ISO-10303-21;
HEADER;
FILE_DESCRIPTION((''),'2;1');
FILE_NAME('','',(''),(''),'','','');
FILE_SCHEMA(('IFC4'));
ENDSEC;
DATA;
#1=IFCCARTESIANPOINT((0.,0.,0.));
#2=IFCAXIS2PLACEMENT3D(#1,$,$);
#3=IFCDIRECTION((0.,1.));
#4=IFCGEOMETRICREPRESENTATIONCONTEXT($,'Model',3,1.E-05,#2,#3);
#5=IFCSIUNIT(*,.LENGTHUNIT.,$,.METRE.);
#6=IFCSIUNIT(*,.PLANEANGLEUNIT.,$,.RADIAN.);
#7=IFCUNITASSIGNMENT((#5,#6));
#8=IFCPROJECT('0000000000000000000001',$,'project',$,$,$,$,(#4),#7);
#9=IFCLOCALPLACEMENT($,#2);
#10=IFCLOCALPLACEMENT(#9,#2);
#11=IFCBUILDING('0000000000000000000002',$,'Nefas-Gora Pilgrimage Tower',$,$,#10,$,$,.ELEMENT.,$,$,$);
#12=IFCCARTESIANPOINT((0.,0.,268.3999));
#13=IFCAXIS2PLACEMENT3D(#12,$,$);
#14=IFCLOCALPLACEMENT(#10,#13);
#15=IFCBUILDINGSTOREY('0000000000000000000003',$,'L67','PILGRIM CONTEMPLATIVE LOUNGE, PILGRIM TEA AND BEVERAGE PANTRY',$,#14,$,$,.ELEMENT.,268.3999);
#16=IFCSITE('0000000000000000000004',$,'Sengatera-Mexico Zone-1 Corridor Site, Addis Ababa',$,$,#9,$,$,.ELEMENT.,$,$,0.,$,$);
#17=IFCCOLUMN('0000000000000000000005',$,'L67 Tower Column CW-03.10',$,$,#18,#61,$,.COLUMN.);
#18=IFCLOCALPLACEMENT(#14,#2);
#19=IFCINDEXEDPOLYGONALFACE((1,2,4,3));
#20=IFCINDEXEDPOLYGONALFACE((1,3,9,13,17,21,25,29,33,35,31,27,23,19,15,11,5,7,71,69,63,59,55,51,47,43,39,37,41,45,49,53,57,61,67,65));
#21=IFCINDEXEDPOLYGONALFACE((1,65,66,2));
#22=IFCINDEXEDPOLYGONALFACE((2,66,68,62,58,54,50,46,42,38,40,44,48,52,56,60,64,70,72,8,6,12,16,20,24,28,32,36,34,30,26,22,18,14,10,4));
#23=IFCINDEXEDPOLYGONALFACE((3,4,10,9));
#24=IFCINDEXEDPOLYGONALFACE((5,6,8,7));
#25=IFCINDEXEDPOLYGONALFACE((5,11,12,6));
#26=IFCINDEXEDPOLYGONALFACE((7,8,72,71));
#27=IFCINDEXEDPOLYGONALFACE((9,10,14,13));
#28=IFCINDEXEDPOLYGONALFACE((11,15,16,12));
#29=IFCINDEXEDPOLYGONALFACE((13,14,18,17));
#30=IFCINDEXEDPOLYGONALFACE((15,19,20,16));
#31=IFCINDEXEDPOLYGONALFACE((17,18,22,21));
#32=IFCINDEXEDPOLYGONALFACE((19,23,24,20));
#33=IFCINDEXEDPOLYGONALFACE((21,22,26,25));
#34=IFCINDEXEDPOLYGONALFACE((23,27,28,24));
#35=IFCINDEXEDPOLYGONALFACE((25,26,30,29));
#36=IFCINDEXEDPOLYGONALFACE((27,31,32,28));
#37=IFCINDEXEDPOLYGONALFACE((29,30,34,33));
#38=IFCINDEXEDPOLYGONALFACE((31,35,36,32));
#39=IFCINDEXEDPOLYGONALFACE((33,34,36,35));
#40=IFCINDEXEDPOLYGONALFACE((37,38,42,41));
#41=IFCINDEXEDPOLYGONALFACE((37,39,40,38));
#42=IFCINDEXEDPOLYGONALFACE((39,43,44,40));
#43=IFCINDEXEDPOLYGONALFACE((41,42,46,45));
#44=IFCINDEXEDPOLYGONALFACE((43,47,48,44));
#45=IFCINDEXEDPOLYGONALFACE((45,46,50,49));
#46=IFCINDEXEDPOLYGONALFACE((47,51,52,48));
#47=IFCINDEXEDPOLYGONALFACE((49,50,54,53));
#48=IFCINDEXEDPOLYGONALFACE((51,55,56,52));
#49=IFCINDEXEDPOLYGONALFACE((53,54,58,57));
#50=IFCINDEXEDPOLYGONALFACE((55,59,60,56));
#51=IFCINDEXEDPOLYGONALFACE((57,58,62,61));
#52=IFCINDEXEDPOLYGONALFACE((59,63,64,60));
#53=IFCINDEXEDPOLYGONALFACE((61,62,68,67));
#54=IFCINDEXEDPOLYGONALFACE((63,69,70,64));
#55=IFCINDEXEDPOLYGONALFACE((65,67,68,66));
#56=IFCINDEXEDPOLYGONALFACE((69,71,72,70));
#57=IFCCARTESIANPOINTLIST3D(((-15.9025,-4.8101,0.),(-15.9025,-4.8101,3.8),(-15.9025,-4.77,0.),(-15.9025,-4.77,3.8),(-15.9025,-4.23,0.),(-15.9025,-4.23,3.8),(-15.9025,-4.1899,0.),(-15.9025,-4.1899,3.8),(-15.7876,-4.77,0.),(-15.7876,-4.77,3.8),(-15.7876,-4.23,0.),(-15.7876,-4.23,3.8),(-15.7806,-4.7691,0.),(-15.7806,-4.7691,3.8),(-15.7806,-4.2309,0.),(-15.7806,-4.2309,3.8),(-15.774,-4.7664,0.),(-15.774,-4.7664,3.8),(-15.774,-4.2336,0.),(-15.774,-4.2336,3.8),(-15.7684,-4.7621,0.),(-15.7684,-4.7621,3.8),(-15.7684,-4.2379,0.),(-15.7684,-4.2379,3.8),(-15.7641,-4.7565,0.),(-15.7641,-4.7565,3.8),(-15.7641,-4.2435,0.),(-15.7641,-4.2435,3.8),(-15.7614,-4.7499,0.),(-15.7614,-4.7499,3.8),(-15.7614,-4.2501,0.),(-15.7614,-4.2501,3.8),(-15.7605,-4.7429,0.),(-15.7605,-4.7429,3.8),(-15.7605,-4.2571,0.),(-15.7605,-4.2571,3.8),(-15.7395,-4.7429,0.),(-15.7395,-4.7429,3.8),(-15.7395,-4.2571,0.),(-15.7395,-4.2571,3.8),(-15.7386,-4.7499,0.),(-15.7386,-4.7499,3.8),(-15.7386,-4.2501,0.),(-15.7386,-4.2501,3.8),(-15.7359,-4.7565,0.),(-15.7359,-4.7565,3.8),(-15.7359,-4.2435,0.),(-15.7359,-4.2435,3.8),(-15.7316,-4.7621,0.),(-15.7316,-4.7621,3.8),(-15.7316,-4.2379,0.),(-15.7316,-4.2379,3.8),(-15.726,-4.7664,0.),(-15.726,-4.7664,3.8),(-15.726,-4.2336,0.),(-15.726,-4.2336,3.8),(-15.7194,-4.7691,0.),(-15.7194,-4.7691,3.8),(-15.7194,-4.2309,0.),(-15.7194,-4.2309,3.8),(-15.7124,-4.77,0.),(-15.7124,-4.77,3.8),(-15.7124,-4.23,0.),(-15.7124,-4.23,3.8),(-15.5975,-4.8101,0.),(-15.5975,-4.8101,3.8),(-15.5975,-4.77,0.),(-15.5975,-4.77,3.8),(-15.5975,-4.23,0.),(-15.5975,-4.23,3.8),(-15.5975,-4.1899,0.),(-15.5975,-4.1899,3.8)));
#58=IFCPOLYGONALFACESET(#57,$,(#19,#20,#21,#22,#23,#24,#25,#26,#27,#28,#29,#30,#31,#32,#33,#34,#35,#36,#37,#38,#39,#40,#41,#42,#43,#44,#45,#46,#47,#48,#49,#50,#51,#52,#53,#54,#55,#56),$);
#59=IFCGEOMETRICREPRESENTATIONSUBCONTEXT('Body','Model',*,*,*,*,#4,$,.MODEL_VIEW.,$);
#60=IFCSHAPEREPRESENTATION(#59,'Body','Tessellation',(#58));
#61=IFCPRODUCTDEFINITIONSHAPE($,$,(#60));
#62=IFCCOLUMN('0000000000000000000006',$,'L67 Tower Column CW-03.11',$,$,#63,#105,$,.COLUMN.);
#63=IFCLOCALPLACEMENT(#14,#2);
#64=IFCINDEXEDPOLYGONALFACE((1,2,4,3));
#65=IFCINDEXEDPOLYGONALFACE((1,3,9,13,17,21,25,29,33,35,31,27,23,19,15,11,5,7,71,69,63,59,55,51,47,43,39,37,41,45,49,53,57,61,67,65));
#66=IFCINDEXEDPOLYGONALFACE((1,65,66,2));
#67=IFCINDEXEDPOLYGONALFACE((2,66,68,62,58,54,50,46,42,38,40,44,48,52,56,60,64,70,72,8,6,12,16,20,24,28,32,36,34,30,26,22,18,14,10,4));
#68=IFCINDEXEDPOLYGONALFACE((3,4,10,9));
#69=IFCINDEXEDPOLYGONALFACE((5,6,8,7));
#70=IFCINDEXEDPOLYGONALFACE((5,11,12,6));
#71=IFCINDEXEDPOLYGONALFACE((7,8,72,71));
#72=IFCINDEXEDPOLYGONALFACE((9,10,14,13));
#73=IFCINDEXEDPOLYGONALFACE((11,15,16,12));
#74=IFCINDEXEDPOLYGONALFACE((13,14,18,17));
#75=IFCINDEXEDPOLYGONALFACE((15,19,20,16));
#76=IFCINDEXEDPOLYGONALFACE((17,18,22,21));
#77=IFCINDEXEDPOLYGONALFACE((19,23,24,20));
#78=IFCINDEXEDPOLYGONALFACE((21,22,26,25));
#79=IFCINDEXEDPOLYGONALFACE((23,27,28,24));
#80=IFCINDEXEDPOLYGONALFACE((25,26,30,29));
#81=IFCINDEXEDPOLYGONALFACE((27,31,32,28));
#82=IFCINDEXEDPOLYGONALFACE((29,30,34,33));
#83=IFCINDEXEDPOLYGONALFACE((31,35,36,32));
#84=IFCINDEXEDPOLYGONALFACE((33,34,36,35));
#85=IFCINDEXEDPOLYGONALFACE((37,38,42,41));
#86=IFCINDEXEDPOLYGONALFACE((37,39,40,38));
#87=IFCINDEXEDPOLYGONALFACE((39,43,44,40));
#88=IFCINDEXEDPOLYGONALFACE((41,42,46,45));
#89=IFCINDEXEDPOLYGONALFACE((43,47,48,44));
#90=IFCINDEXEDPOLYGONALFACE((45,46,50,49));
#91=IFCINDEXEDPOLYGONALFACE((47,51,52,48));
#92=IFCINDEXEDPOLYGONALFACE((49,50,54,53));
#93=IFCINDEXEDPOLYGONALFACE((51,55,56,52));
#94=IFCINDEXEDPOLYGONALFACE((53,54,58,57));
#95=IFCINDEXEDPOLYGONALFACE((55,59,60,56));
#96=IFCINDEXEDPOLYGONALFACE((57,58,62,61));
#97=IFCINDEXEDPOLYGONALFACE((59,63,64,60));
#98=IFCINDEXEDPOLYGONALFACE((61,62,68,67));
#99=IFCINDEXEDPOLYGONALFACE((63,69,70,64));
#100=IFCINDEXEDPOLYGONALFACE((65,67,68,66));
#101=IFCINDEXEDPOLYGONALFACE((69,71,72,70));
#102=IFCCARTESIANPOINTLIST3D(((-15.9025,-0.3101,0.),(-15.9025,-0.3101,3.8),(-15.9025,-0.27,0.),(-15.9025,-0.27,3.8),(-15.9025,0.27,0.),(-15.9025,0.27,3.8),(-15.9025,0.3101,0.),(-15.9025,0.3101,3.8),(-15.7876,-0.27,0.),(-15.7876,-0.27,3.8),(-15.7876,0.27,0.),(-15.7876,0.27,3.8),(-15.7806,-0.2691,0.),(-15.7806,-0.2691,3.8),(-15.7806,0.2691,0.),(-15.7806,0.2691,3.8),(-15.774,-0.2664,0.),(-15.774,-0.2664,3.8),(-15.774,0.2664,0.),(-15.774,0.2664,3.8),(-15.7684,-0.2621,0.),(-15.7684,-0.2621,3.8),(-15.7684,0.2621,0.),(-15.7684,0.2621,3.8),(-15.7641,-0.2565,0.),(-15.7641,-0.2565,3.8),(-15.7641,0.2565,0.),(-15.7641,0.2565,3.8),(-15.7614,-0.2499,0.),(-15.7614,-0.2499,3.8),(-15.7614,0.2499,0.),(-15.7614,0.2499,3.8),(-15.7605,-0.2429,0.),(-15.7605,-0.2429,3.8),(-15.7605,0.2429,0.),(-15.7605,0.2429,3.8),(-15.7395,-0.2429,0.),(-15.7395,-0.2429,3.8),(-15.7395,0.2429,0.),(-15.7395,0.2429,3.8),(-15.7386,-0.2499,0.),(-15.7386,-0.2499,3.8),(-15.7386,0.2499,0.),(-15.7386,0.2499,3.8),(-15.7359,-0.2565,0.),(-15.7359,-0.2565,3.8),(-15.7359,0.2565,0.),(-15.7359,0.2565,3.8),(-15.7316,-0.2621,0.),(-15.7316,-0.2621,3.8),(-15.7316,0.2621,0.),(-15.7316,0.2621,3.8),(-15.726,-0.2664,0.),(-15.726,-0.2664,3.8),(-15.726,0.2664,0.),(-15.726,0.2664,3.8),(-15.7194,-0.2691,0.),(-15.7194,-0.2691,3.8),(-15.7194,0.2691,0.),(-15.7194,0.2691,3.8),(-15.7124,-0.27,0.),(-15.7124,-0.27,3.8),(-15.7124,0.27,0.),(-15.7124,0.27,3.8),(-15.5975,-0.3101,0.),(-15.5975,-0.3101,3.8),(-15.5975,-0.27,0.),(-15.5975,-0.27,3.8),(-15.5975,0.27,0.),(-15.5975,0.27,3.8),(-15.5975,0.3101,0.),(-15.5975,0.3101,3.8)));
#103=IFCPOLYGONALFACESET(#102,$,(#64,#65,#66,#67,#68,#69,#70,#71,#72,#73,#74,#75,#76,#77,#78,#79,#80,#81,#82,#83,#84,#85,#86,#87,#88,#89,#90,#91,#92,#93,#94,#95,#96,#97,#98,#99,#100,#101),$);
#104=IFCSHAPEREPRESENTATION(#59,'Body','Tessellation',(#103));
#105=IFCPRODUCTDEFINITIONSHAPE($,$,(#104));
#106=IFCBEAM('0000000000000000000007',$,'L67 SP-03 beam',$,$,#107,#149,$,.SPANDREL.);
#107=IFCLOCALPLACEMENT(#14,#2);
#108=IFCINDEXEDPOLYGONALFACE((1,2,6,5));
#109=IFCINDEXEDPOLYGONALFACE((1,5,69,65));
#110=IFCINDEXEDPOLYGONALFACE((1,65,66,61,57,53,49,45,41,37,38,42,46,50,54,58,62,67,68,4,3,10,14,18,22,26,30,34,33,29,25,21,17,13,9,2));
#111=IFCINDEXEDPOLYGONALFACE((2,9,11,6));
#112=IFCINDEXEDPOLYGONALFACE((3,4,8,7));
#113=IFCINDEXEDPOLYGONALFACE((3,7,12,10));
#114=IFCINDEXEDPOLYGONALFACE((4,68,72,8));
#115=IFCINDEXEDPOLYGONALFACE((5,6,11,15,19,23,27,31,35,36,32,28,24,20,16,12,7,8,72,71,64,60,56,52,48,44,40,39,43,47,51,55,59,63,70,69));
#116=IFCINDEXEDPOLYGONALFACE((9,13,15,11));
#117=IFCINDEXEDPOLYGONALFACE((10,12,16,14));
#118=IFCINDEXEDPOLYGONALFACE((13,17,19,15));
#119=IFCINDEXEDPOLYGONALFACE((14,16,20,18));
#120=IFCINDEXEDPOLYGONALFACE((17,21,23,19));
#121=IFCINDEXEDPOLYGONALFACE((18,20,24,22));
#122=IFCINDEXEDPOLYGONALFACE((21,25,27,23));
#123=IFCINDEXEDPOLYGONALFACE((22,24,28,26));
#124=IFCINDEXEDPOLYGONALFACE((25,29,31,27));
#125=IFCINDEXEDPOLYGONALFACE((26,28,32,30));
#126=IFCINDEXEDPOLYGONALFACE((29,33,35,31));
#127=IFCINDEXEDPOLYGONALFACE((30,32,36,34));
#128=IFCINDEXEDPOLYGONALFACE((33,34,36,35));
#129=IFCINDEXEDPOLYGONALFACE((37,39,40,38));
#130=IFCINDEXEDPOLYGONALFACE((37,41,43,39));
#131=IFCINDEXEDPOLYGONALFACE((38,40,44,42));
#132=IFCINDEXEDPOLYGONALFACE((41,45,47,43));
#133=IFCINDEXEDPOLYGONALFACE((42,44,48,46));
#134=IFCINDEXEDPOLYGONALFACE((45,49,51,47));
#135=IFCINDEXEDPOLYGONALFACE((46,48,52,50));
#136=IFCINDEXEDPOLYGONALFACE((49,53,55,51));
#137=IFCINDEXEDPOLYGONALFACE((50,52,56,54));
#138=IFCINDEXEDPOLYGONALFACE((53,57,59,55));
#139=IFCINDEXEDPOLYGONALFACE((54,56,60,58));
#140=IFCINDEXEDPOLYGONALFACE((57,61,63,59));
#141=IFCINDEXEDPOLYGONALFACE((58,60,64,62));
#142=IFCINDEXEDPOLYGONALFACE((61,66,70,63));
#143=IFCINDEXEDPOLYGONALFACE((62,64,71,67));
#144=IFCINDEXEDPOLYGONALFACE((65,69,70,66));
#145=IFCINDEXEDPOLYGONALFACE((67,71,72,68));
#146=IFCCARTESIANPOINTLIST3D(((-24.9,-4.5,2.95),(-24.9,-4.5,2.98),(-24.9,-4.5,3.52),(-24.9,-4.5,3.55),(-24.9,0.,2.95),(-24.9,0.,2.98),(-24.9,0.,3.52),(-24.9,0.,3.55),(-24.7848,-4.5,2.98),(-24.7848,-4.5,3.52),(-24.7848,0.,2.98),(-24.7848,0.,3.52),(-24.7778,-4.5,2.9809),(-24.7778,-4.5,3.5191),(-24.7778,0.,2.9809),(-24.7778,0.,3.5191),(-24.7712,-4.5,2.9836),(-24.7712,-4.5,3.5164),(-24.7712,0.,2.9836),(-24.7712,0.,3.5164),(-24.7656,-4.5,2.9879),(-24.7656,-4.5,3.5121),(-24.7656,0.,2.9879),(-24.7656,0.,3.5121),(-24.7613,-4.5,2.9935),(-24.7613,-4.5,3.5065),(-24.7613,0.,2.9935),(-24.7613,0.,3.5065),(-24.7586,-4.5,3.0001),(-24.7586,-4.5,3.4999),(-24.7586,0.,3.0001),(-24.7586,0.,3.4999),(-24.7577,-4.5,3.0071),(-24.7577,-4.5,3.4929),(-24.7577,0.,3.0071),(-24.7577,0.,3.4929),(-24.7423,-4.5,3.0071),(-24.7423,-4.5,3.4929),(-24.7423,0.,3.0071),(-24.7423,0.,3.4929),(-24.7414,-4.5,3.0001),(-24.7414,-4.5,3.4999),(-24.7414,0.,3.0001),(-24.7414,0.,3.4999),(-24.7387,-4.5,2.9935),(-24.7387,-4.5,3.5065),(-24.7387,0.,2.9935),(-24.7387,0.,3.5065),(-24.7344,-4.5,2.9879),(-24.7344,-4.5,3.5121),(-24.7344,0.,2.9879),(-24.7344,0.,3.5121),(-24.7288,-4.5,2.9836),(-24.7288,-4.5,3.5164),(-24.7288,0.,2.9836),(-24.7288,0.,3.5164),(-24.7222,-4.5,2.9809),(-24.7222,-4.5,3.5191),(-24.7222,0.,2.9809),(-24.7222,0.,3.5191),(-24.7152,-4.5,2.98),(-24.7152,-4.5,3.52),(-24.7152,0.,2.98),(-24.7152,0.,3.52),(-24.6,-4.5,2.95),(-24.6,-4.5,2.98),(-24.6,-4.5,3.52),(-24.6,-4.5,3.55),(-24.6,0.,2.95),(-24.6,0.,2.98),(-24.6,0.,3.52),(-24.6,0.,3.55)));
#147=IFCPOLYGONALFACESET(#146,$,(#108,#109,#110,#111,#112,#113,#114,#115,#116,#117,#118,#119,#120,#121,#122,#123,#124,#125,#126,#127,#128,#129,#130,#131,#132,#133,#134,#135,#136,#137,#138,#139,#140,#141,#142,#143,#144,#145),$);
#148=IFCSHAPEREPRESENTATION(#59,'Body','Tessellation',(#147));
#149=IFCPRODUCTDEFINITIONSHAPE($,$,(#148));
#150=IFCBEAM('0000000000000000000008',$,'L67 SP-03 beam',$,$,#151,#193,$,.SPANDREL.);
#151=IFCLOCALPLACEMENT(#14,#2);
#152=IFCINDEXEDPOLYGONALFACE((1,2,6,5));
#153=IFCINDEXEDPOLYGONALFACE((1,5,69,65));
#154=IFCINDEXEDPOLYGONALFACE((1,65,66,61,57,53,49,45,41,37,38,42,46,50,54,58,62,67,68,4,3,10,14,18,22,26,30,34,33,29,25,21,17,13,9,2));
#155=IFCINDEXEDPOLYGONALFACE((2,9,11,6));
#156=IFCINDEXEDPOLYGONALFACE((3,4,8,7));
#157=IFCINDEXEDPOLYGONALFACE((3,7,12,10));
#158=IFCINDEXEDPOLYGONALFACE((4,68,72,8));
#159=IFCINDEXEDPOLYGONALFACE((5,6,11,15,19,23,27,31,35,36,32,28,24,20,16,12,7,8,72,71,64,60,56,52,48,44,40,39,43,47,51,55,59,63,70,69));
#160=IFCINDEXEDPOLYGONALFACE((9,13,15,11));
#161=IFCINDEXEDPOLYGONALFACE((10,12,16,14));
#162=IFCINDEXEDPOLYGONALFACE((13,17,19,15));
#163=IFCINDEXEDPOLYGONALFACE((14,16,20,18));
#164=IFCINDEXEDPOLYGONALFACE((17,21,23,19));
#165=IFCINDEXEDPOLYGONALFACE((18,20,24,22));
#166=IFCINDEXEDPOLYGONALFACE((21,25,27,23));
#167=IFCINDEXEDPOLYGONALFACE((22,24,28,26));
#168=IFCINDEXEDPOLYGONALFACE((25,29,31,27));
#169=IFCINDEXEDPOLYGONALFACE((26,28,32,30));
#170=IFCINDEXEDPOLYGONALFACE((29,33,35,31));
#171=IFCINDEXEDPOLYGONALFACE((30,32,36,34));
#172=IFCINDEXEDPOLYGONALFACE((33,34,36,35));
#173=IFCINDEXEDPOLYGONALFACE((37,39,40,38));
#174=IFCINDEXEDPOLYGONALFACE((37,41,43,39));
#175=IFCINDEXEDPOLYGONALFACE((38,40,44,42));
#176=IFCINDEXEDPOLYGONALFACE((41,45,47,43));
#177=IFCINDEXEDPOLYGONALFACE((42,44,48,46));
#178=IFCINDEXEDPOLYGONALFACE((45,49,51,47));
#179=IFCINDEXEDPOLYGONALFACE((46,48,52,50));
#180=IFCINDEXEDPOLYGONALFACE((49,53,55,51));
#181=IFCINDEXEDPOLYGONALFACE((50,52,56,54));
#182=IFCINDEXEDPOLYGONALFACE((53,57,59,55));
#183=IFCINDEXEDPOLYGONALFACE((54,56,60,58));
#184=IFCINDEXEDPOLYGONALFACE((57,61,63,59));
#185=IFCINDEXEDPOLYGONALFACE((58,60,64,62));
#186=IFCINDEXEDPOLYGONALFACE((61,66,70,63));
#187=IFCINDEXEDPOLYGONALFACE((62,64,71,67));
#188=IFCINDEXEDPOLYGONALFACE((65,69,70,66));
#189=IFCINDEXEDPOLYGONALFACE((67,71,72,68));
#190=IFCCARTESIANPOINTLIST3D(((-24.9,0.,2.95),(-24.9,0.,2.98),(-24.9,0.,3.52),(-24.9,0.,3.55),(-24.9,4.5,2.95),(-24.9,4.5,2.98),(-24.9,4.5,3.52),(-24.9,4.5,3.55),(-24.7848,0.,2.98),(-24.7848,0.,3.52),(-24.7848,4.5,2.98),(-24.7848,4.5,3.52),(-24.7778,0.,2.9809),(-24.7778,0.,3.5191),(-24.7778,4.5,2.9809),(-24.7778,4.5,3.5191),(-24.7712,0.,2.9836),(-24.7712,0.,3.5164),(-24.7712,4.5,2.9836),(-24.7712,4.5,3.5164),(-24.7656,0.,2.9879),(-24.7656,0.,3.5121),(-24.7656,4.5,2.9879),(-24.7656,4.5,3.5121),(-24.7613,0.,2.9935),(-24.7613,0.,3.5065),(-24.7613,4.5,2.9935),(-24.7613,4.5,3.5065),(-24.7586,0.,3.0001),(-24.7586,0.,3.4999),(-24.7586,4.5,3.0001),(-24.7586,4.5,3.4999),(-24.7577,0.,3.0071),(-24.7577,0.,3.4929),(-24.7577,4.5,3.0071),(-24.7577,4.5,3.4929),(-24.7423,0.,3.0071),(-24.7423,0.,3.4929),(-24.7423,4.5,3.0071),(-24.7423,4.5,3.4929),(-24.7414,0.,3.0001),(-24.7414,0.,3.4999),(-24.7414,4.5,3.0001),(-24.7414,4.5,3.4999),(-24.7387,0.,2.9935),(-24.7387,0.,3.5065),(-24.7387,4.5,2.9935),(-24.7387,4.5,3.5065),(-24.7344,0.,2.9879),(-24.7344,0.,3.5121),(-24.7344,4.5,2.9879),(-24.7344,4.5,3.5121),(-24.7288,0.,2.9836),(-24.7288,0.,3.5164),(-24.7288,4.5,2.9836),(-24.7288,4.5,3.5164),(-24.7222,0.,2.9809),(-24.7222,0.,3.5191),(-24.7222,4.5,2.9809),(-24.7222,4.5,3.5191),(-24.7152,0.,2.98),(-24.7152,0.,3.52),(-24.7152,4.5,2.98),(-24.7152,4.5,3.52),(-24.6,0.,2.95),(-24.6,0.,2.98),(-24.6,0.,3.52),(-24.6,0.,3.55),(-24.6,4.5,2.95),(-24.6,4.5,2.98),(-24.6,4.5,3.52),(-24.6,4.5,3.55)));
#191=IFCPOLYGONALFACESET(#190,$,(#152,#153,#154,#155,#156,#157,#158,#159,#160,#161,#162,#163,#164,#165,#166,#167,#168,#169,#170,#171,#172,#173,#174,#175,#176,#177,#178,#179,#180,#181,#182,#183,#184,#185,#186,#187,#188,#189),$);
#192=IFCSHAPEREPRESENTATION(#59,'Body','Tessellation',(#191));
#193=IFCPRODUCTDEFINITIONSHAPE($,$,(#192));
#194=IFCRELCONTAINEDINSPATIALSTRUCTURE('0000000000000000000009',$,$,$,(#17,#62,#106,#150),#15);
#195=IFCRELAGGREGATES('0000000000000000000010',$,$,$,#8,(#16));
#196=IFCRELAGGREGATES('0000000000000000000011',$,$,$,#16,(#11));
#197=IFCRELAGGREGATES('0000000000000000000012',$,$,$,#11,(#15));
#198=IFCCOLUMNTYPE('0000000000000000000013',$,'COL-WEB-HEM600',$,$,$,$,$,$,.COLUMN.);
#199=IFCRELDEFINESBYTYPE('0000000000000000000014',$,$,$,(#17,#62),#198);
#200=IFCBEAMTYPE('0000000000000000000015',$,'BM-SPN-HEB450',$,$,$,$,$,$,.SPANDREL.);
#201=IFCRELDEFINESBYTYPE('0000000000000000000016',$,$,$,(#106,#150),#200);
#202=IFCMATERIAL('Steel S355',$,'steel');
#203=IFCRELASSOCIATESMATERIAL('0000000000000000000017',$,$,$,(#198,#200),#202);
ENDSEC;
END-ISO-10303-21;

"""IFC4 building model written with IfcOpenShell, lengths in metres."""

from ifc_helpers import new_model, si_unit, direction, frame, origin, origin_2d, place, context, subcontext, project, spatial, i_section, extrude, source, transform, mapped, material, material_profile, profile_set, type_object, element, save


model = new_model("IFC4")

# Units and contexts
model_context = context("Model", 3, precision=1e-05, world=origin(), true_north=direction((0.0, 1.0)))
body_context = subcontext(model_context, "Body", "Model", "MODEL_VIEW")
ifc_project = project(units=[si_unit("LENGTHUNIT", "METRE"), si_unit("PLANEANGLEUNIT", "RADIAN")], contexts=[model_context])

# Site, building, storey
site_placement = place(None, origin())
site = spatial("IfcSite", under=ifc_project, at=site_placement, Name="Sengatera-Mexico Zone-1 Corridor Site, Addis Ababa", CompositionType="ELEMENT", RefElevation=0.0)
building_placement = place(site_placement, origin())
building = spatial("IfcBuilding", under=site, at=building_placement, Name="Nefas-Gora Pilgrimage Tower", CompositionType="ELEMENT")
storey_placement = place(building_placement, frame((0.0, 0.0, 268.3999)))
storey = spatial("IfcBuildingStorey", under=building, at=storey_placement, Name="L67", Description="PILGRIM CONTEMPLATIVE LOUNGE, PILGRIM TEA AND BEVERAGE PANTRY", CompositionType="ELEMENT", Elevation=268.3999)

# Columns
ifc_material_1 = material(Name="Steel S355", Category="steel")
ifc_material_profile_1 = material_profile(ifc_material_1, i_section(OverallWidth=0.3049, OverallDepth=0.6201, WebThickness=0.021, FlangeThickness=0.04, FilletRadius=0.0271, at=origin_2d()), Name="HEM 600")
ifc_profile_set_1 = profile_set([ifc_material_profile_1], Name="Steel S355")
column_type_1 = type_object("IfcColumnType", Name="COL-WEB-HEM600", PredefinedType="COLUMN", material=ifc_profile_set_1)
shared_shape_1 = source(origin(), body_context, "Body", "SweptSolid", [
    extrude(i_section(OverallWidth=0.3049, OverallDepth=0.6201, WebThickness=0.021, FlangeThickness=0.04, FilletRadius=0.0271, at=origin_2d()), origin(), (0.0, 0.0, 1.0), 3.8),
])
for number, where, z_axis, x_axis, name in (
    (1, (-15.75, -4.5, 0.0), (0.0, 0.0, 1.0), (1.0, 0.0, 0.0), "L67 Tower Column CW-03.10"),
    (2, (-15.75, 0.0, 0.0), (0.0, 0.0, 1.0), (1.0, 0.0, 0.0), "L67 Tower Column CW-03.11"),
):
    element("IfcColumn", number, at=place(storey_placement, frame(where, z_axis=z_axis, x_axis=x_axis)), inside=storey, type_object=column_type_1, Name=name, PredefinedType="COLUMN", context=body_context, shape_type="MappedRepresentation", body=[
        mapped(shared_shape_1, transform((0.0, 0.0, 0.0), x_axis=(1.0, 0.0, 0.0), y_axis=(0.0, 1.0, 0.0), z_axis=(0.0, 0.0, 1.0), scale=1.0)),
    ])

# Beams
ifc_material_profile_2 = material_profile(ifc_material_1, i_section(OverallWidth=0.3, OverallDepth=0.6001, WebThickness=0.0154, FlangeThickness=0.03, FilletRadius=0.0271, at=origin_2d()), Name="HEB 600")
ifc_profile_set_2 = profile_set([ifc_material_profile_2], Name="Steel S355")
beam_type_1 = type_object("IfcBeamType", Name="BM-SPN-HEB450", PredefinedType="SPANDREL", material=ifc_profile_set_2)
shared_shape_2 = source(origin(), body_context, "Body", "SweptSolid", [
    extrude(i_section(OverallWidth=0.3, OverallDepth=0.6001, WebThickness=0.0154, FlangeThickness=0.03, FilletRadius=0.0271, at=origin_2d()), origin(), (0.0, 0.0, 1.0), 4.5),
])
for number, where, z_axis, x_axis, name in (
    (3, (-24.75, -4.5, 3.25), (0.0, 1.0, 0.0), (-1.0, 0.0, 0.0), "L67 SP-03 beam"),
    (4, (-24.75, 0.0, 3.25), (0.0, 1.0, 0.0), (-1.0, 0.0, 0.0), "L67 SP-03 beam"),
):
    element("IfcBeam", number, at=place(storey_placement, frame(where, z_axis=z_axis, x_axis=x_axis)), inside=storey, type_object=beam_type_1, Name=name, PredefinedType="SPANDREL", context=body_context, shape_type="MappedRepresentation", body=[
        mapped(shared_shape_2, transform((0.0, 0.0, 0.0), x_axis=(1.0, 0.0, 0.0), y_axis=(0.0, 1.0, 0.0), z_axis=(0.0, 0.0, 1.0), scale=1.0)),
    ])

save(model, "model.ifc")
